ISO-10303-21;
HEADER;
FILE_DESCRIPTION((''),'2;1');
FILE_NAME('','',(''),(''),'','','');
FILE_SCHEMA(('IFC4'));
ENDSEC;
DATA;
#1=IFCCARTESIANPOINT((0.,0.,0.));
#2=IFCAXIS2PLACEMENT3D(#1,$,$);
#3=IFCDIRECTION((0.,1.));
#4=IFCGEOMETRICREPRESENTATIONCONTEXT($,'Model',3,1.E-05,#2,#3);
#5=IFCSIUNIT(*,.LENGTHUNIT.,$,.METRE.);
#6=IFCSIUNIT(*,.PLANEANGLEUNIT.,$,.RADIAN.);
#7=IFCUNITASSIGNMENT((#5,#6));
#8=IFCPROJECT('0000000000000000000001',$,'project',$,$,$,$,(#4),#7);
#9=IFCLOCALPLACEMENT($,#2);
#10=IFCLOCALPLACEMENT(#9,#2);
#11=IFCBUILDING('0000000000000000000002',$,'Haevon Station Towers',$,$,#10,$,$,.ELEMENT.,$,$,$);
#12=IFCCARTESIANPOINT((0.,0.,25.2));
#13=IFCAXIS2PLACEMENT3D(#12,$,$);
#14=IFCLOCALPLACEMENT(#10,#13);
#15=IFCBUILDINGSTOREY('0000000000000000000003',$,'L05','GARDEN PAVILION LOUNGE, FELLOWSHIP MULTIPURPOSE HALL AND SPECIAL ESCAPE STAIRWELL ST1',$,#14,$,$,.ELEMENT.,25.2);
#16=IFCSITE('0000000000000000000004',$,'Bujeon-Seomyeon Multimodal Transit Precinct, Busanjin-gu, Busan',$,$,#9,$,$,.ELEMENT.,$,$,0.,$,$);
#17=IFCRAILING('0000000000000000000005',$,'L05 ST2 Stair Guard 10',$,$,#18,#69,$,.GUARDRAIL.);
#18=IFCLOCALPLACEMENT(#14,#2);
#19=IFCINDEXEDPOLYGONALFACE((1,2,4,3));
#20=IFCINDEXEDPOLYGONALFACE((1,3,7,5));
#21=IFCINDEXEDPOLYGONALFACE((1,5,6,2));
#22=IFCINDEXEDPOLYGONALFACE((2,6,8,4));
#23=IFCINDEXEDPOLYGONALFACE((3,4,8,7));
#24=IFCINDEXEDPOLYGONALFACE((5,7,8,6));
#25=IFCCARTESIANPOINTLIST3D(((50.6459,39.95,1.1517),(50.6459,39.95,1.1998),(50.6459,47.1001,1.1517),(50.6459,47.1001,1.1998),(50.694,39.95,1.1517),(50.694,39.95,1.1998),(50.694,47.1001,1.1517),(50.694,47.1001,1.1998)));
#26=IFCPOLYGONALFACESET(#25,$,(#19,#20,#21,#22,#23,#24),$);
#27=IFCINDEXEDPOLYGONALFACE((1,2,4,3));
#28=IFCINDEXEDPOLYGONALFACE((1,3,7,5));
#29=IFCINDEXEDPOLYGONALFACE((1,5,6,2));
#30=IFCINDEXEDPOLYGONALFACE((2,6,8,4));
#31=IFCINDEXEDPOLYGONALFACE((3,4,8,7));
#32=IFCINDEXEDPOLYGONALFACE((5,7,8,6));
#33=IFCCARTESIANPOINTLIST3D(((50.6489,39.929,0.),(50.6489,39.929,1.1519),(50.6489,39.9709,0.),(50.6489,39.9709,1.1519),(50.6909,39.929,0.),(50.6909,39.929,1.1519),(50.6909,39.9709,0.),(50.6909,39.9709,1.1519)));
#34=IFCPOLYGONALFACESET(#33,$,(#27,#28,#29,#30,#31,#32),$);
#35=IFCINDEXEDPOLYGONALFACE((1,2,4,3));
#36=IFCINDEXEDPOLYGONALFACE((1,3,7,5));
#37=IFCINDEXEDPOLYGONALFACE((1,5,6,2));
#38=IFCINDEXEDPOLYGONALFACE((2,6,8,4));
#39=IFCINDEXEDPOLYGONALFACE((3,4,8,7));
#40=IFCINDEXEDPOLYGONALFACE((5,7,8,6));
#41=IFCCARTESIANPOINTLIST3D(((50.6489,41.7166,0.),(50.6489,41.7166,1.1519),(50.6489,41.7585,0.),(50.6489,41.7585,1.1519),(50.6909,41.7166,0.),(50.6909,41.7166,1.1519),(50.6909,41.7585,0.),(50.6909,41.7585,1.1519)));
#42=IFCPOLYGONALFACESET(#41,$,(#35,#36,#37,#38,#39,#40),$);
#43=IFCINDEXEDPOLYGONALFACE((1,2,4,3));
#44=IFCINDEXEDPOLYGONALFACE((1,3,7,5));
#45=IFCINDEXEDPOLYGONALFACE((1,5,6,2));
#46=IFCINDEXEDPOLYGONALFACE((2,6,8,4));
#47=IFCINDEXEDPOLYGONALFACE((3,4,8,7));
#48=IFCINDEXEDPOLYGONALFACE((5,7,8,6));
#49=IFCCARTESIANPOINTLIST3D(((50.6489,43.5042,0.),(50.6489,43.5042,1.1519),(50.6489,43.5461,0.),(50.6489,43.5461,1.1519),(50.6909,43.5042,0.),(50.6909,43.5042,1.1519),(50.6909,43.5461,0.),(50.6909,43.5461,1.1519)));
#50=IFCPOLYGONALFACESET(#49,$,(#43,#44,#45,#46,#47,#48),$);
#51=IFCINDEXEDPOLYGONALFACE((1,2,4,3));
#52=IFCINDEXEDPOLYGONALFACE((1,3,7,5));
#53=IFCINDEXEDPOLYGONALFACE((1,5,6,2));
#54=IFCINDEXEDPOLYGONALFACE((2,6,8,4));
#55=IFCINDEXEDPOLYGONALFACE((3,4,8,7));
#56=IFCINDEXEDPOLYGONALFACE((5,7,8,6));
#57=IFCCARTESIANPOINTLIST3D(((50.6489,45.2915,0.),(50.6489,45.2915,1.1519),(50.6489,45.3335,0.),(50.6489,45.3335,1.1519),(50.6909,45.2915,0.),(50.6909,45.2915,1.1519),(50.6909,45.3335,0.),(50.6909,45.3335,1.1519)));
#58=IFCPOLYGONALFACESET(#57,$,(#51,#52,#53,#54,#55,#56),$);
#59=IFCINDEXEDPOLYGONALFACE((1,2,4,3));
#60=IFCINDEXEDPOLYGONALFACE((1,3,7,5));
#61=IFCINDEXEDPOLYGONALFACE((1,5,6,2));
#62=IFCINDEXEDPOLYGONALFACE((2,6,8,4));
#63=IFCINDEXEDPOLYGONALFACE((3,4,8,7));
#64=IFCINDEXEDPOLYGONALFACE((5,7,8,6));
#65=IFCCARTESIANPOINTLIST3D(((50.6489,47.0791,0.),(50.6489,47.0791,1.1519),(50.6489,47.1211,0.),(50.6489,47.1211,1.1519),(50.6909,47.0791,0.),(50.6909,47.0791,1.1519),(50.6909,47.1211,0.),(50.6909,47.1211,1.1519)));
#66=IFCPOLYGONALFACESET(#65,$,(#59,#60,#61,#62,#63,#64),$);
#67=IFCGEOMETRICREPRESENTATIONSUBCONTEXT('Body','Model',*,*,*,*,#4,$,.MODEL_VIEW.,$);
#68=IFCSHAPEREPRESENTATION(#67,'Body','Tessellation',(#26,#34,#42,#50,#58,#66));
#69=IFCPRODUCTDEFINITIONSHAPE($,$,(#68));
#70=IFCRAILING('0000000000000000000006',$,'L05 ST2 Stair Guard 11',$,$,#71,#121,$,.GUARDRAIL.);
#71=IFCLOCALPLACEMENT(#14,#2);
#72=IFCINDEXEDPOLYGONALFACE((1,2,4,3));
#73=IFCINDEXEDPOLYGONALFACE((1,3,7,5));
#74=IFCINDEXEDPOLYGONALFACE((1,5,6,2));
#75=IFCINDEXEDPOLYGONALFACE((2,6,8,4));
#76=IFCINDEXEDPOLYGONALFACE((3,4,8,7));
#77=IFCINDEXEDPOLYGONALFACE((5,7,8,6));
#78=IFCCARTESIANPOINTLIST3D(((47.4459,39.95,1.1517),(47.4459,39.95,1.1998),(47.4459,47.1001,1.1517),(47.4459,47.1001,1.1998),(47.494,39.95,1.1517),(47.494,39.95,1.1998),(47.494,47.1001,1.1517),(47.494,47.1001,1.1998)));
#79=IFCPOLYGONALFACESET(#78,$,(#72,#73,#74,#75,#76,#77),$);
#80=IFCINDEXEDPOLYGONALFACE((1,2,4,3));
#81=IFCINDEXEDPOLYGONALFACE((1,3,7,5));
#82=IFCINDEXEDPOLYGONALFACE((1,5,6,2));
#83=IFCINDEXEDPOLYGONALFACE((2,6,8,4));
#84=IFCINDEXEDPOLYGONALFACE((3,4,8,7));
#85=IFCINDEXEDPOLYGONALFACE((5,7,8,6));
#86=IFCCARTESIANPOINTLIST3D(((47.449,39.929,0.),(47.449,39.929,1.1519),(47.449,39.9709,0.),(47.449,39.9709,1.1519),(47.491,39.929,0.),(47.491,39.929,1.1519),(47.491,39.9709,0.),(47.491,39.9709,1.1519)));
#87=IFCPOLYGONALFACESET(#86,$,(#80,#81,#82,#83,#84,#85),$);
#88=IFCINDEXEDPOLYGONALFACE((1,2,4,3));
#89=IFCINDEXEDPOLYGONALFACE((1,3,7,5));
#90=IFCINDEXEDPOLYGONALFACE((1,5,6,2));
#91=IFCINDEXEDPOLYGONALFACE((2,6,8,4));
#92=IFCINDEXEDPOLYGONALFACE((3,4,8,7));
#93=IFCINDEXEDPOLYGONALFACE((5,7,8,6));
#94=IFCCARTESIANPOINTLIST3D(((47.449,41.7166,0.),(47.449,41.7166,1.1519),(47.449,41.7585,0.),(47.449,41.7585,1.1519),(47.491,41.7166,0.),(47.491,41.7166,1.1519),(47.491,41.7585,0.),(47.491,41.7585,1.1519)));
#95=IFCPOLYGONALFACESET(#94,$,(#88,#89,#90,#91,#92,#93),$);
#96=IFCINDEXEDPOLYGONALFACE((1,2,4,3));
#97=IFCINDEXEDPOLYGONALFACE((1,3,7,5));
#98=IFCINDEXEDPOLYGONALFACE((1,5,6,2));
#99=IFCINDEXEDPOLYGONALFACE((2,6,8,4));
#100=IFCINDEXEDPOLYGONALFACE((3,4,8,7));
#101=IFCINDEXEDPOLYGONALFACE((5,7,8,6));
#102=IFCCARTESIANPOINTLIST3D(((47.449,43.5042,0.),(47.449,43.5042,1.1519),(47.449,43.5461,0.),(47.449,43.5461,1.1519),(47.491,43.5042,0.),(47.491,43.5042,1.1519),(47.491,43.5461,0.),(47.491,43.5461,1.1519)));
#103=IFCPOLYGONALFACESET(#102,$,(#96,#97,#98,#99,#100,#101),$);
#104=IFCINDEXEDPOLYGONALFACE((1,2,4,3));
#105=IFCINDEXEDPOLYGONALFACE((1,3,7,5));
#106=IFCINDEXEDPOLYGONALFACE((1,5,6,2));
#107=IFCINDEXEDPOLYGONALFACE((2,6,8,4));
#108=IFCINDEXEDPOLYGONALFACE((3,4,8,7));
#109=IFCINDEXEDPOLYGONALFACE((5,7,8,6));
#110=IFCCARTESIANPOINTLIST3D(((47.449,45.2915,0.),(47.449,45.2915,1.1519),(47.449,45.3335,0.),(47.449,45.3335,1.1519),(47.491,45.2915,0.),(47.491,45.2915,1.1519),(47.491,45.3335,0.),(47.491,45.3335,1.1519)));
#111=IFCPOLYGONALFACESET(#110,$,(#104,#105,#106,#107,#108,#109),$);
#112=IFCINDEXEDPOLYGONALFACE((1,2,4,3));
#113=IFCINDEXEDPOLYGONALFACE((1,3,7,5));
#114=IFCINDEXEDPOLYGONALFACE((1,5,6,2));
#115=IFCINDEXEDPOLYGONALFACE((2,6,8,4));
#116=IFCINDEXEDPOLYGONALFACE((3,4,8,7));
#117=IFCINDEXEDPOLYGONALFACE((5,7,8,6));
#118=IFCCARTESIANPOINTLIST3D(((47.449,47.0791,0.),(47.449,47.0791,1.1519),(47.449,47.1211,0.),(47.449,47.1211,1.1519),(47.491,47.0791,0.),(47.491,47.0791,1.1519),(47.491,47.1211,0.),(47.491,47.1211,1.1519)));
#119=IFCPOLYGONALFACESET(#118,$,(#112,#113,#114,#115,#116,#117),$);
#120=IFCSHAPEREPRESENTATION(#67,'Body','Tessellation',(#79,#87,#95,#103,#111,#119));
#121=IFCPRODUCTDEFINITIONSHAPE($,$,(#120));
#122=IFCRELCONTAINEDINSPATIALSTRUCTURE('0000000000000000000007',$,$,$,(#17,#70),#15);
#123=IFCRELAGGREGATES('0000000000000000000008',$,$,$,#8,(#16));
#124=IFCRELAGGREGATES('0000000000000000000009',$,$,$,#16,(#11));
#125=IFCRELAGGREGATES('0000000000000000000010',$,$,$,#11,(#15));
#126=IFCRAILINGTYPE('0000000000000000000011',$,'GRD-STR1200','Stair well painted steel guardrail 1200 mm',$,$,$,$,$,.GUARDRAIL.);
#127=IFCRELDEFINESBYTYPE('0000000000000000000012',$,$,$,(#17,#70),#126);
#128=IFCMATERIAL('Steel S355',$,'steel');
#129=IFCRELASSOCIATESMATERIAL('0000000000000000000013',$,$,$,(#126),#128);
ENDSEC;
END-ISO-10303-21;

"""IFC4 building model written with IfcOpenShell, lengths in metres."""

from ifc_helpers import new_model, si_unit, direction, frame, origin, origin_2d, place, context, subcontext, project, spatial, rectangle, extrude, material, type_object, element, save


model = new_model("IFC4")

# Units and contexts
model_context = context("Model", 3, precision=1e-05, world=origin(), true_north=direction((0.0, 1.0)))
body_context = subcontext(model_context, "Body", "Model", "MODEL_VIEW")
ifc_project = project(units=[si_unit("LENGTHUNIT", "METRE"), si_unit("PLANEANGLEUNIT", "RADIAN")], contexts=[model_context])

# Site, building, storey
site_placement = place(None, origin())
site = spatial("IfcSite", under=ifc_project, at=site_placement, Name="Bujeon-Seomyeon Multimodal Transit Precinct, Busanjin-gu, Busan", CompositionType="ELEMENT", RefElevation=0.0)
building_placement = place(site_placement, origin())
building = spatial("IfcBuilding", under=site, at=building_placement, Name="Haevon Station Towers", CompositionType="ELEMENT")
storey_placement = place(building_placement, frame((0.0, 0.0, 25.2)))
storey = spatial("IfcBuildingStorey", under=building, at=storey_placement, Name="L05", Description="GARDEN PAVILION LOUNGE, FELLOWSHIP MULTIPURPOSE HALL AND SPECIAL ESCAPE STAIRWELL ST1", CompositionType="ELEMENT", Elevation=25.2)

# Shared definitions
ifc_material_1 = material(Name="Steel S355", Category="steel")

# Railings
railing_type = type_object("IfcRailingType", Name="GRD-STR1200", Description="Stair well painted steel guardrail 1200 mm", PredefinedType="GUARDRAIL", material=ifc_material_1)
for number, where, name in (
    (1, (50.6699, 39.95, 0.0), "L05 ST2 Stair Guard 10"),
    (2, (47.47, 39.95, 0.0), "L05 ST2 Stair Guard 11"),
):
    element("IfcRailing", number, at=place(storey_placement, frame(where)), inside=storey, type_object=railing_type, Name=name, PredefinedType="GUARDRAIL", context=body_context, shape_type="SweptSolid", body=[
        extrude(rectangle(XDim=0.0481, YDim=0.0481, at=origin_2d()), frame((0.0, 0.0, 1.1758), z_axis=(0.0, 1.0, 0.0), x_axis=(-1.0, 0.0, 0.0)), (0.0, 0.0, 1.0), 7.1501),
        extrude(rectangle(XDim=0.042, YDim=0.042, at=origin_2d()), origin(), (0.0, 0.0, 1.0), 1.1519),
        extrude(rectangle(XDim=0.042, YDim=0.042, at=origin_2d()), frame((0.0, 1.7876, 0.0)), (0.0, 0.0, 1.0), 1.1519),
        extrude(rectangle(XDim=0.042, YDim=0.042, at=origin_2d()), frame((0.0, 3.5752, 0.0)), (0.0, 0.0, 1.0), 1.1519),
        extrude(rectangle(XDim=0.042, YDim=0.042, at=origin_2d()), frame((0.0, 5.3625, 0.0)), (0.0, 0.0, 1.0), 1.1519),
        extrude(rectangle(XDim=0.042, YDim=0.042, at=origin_2d()), frame((0.0, 7.1501, 0.0)), (0.0, 0.0, 1.0), 1.1519),
    ])

save(model, "model.ifc")
